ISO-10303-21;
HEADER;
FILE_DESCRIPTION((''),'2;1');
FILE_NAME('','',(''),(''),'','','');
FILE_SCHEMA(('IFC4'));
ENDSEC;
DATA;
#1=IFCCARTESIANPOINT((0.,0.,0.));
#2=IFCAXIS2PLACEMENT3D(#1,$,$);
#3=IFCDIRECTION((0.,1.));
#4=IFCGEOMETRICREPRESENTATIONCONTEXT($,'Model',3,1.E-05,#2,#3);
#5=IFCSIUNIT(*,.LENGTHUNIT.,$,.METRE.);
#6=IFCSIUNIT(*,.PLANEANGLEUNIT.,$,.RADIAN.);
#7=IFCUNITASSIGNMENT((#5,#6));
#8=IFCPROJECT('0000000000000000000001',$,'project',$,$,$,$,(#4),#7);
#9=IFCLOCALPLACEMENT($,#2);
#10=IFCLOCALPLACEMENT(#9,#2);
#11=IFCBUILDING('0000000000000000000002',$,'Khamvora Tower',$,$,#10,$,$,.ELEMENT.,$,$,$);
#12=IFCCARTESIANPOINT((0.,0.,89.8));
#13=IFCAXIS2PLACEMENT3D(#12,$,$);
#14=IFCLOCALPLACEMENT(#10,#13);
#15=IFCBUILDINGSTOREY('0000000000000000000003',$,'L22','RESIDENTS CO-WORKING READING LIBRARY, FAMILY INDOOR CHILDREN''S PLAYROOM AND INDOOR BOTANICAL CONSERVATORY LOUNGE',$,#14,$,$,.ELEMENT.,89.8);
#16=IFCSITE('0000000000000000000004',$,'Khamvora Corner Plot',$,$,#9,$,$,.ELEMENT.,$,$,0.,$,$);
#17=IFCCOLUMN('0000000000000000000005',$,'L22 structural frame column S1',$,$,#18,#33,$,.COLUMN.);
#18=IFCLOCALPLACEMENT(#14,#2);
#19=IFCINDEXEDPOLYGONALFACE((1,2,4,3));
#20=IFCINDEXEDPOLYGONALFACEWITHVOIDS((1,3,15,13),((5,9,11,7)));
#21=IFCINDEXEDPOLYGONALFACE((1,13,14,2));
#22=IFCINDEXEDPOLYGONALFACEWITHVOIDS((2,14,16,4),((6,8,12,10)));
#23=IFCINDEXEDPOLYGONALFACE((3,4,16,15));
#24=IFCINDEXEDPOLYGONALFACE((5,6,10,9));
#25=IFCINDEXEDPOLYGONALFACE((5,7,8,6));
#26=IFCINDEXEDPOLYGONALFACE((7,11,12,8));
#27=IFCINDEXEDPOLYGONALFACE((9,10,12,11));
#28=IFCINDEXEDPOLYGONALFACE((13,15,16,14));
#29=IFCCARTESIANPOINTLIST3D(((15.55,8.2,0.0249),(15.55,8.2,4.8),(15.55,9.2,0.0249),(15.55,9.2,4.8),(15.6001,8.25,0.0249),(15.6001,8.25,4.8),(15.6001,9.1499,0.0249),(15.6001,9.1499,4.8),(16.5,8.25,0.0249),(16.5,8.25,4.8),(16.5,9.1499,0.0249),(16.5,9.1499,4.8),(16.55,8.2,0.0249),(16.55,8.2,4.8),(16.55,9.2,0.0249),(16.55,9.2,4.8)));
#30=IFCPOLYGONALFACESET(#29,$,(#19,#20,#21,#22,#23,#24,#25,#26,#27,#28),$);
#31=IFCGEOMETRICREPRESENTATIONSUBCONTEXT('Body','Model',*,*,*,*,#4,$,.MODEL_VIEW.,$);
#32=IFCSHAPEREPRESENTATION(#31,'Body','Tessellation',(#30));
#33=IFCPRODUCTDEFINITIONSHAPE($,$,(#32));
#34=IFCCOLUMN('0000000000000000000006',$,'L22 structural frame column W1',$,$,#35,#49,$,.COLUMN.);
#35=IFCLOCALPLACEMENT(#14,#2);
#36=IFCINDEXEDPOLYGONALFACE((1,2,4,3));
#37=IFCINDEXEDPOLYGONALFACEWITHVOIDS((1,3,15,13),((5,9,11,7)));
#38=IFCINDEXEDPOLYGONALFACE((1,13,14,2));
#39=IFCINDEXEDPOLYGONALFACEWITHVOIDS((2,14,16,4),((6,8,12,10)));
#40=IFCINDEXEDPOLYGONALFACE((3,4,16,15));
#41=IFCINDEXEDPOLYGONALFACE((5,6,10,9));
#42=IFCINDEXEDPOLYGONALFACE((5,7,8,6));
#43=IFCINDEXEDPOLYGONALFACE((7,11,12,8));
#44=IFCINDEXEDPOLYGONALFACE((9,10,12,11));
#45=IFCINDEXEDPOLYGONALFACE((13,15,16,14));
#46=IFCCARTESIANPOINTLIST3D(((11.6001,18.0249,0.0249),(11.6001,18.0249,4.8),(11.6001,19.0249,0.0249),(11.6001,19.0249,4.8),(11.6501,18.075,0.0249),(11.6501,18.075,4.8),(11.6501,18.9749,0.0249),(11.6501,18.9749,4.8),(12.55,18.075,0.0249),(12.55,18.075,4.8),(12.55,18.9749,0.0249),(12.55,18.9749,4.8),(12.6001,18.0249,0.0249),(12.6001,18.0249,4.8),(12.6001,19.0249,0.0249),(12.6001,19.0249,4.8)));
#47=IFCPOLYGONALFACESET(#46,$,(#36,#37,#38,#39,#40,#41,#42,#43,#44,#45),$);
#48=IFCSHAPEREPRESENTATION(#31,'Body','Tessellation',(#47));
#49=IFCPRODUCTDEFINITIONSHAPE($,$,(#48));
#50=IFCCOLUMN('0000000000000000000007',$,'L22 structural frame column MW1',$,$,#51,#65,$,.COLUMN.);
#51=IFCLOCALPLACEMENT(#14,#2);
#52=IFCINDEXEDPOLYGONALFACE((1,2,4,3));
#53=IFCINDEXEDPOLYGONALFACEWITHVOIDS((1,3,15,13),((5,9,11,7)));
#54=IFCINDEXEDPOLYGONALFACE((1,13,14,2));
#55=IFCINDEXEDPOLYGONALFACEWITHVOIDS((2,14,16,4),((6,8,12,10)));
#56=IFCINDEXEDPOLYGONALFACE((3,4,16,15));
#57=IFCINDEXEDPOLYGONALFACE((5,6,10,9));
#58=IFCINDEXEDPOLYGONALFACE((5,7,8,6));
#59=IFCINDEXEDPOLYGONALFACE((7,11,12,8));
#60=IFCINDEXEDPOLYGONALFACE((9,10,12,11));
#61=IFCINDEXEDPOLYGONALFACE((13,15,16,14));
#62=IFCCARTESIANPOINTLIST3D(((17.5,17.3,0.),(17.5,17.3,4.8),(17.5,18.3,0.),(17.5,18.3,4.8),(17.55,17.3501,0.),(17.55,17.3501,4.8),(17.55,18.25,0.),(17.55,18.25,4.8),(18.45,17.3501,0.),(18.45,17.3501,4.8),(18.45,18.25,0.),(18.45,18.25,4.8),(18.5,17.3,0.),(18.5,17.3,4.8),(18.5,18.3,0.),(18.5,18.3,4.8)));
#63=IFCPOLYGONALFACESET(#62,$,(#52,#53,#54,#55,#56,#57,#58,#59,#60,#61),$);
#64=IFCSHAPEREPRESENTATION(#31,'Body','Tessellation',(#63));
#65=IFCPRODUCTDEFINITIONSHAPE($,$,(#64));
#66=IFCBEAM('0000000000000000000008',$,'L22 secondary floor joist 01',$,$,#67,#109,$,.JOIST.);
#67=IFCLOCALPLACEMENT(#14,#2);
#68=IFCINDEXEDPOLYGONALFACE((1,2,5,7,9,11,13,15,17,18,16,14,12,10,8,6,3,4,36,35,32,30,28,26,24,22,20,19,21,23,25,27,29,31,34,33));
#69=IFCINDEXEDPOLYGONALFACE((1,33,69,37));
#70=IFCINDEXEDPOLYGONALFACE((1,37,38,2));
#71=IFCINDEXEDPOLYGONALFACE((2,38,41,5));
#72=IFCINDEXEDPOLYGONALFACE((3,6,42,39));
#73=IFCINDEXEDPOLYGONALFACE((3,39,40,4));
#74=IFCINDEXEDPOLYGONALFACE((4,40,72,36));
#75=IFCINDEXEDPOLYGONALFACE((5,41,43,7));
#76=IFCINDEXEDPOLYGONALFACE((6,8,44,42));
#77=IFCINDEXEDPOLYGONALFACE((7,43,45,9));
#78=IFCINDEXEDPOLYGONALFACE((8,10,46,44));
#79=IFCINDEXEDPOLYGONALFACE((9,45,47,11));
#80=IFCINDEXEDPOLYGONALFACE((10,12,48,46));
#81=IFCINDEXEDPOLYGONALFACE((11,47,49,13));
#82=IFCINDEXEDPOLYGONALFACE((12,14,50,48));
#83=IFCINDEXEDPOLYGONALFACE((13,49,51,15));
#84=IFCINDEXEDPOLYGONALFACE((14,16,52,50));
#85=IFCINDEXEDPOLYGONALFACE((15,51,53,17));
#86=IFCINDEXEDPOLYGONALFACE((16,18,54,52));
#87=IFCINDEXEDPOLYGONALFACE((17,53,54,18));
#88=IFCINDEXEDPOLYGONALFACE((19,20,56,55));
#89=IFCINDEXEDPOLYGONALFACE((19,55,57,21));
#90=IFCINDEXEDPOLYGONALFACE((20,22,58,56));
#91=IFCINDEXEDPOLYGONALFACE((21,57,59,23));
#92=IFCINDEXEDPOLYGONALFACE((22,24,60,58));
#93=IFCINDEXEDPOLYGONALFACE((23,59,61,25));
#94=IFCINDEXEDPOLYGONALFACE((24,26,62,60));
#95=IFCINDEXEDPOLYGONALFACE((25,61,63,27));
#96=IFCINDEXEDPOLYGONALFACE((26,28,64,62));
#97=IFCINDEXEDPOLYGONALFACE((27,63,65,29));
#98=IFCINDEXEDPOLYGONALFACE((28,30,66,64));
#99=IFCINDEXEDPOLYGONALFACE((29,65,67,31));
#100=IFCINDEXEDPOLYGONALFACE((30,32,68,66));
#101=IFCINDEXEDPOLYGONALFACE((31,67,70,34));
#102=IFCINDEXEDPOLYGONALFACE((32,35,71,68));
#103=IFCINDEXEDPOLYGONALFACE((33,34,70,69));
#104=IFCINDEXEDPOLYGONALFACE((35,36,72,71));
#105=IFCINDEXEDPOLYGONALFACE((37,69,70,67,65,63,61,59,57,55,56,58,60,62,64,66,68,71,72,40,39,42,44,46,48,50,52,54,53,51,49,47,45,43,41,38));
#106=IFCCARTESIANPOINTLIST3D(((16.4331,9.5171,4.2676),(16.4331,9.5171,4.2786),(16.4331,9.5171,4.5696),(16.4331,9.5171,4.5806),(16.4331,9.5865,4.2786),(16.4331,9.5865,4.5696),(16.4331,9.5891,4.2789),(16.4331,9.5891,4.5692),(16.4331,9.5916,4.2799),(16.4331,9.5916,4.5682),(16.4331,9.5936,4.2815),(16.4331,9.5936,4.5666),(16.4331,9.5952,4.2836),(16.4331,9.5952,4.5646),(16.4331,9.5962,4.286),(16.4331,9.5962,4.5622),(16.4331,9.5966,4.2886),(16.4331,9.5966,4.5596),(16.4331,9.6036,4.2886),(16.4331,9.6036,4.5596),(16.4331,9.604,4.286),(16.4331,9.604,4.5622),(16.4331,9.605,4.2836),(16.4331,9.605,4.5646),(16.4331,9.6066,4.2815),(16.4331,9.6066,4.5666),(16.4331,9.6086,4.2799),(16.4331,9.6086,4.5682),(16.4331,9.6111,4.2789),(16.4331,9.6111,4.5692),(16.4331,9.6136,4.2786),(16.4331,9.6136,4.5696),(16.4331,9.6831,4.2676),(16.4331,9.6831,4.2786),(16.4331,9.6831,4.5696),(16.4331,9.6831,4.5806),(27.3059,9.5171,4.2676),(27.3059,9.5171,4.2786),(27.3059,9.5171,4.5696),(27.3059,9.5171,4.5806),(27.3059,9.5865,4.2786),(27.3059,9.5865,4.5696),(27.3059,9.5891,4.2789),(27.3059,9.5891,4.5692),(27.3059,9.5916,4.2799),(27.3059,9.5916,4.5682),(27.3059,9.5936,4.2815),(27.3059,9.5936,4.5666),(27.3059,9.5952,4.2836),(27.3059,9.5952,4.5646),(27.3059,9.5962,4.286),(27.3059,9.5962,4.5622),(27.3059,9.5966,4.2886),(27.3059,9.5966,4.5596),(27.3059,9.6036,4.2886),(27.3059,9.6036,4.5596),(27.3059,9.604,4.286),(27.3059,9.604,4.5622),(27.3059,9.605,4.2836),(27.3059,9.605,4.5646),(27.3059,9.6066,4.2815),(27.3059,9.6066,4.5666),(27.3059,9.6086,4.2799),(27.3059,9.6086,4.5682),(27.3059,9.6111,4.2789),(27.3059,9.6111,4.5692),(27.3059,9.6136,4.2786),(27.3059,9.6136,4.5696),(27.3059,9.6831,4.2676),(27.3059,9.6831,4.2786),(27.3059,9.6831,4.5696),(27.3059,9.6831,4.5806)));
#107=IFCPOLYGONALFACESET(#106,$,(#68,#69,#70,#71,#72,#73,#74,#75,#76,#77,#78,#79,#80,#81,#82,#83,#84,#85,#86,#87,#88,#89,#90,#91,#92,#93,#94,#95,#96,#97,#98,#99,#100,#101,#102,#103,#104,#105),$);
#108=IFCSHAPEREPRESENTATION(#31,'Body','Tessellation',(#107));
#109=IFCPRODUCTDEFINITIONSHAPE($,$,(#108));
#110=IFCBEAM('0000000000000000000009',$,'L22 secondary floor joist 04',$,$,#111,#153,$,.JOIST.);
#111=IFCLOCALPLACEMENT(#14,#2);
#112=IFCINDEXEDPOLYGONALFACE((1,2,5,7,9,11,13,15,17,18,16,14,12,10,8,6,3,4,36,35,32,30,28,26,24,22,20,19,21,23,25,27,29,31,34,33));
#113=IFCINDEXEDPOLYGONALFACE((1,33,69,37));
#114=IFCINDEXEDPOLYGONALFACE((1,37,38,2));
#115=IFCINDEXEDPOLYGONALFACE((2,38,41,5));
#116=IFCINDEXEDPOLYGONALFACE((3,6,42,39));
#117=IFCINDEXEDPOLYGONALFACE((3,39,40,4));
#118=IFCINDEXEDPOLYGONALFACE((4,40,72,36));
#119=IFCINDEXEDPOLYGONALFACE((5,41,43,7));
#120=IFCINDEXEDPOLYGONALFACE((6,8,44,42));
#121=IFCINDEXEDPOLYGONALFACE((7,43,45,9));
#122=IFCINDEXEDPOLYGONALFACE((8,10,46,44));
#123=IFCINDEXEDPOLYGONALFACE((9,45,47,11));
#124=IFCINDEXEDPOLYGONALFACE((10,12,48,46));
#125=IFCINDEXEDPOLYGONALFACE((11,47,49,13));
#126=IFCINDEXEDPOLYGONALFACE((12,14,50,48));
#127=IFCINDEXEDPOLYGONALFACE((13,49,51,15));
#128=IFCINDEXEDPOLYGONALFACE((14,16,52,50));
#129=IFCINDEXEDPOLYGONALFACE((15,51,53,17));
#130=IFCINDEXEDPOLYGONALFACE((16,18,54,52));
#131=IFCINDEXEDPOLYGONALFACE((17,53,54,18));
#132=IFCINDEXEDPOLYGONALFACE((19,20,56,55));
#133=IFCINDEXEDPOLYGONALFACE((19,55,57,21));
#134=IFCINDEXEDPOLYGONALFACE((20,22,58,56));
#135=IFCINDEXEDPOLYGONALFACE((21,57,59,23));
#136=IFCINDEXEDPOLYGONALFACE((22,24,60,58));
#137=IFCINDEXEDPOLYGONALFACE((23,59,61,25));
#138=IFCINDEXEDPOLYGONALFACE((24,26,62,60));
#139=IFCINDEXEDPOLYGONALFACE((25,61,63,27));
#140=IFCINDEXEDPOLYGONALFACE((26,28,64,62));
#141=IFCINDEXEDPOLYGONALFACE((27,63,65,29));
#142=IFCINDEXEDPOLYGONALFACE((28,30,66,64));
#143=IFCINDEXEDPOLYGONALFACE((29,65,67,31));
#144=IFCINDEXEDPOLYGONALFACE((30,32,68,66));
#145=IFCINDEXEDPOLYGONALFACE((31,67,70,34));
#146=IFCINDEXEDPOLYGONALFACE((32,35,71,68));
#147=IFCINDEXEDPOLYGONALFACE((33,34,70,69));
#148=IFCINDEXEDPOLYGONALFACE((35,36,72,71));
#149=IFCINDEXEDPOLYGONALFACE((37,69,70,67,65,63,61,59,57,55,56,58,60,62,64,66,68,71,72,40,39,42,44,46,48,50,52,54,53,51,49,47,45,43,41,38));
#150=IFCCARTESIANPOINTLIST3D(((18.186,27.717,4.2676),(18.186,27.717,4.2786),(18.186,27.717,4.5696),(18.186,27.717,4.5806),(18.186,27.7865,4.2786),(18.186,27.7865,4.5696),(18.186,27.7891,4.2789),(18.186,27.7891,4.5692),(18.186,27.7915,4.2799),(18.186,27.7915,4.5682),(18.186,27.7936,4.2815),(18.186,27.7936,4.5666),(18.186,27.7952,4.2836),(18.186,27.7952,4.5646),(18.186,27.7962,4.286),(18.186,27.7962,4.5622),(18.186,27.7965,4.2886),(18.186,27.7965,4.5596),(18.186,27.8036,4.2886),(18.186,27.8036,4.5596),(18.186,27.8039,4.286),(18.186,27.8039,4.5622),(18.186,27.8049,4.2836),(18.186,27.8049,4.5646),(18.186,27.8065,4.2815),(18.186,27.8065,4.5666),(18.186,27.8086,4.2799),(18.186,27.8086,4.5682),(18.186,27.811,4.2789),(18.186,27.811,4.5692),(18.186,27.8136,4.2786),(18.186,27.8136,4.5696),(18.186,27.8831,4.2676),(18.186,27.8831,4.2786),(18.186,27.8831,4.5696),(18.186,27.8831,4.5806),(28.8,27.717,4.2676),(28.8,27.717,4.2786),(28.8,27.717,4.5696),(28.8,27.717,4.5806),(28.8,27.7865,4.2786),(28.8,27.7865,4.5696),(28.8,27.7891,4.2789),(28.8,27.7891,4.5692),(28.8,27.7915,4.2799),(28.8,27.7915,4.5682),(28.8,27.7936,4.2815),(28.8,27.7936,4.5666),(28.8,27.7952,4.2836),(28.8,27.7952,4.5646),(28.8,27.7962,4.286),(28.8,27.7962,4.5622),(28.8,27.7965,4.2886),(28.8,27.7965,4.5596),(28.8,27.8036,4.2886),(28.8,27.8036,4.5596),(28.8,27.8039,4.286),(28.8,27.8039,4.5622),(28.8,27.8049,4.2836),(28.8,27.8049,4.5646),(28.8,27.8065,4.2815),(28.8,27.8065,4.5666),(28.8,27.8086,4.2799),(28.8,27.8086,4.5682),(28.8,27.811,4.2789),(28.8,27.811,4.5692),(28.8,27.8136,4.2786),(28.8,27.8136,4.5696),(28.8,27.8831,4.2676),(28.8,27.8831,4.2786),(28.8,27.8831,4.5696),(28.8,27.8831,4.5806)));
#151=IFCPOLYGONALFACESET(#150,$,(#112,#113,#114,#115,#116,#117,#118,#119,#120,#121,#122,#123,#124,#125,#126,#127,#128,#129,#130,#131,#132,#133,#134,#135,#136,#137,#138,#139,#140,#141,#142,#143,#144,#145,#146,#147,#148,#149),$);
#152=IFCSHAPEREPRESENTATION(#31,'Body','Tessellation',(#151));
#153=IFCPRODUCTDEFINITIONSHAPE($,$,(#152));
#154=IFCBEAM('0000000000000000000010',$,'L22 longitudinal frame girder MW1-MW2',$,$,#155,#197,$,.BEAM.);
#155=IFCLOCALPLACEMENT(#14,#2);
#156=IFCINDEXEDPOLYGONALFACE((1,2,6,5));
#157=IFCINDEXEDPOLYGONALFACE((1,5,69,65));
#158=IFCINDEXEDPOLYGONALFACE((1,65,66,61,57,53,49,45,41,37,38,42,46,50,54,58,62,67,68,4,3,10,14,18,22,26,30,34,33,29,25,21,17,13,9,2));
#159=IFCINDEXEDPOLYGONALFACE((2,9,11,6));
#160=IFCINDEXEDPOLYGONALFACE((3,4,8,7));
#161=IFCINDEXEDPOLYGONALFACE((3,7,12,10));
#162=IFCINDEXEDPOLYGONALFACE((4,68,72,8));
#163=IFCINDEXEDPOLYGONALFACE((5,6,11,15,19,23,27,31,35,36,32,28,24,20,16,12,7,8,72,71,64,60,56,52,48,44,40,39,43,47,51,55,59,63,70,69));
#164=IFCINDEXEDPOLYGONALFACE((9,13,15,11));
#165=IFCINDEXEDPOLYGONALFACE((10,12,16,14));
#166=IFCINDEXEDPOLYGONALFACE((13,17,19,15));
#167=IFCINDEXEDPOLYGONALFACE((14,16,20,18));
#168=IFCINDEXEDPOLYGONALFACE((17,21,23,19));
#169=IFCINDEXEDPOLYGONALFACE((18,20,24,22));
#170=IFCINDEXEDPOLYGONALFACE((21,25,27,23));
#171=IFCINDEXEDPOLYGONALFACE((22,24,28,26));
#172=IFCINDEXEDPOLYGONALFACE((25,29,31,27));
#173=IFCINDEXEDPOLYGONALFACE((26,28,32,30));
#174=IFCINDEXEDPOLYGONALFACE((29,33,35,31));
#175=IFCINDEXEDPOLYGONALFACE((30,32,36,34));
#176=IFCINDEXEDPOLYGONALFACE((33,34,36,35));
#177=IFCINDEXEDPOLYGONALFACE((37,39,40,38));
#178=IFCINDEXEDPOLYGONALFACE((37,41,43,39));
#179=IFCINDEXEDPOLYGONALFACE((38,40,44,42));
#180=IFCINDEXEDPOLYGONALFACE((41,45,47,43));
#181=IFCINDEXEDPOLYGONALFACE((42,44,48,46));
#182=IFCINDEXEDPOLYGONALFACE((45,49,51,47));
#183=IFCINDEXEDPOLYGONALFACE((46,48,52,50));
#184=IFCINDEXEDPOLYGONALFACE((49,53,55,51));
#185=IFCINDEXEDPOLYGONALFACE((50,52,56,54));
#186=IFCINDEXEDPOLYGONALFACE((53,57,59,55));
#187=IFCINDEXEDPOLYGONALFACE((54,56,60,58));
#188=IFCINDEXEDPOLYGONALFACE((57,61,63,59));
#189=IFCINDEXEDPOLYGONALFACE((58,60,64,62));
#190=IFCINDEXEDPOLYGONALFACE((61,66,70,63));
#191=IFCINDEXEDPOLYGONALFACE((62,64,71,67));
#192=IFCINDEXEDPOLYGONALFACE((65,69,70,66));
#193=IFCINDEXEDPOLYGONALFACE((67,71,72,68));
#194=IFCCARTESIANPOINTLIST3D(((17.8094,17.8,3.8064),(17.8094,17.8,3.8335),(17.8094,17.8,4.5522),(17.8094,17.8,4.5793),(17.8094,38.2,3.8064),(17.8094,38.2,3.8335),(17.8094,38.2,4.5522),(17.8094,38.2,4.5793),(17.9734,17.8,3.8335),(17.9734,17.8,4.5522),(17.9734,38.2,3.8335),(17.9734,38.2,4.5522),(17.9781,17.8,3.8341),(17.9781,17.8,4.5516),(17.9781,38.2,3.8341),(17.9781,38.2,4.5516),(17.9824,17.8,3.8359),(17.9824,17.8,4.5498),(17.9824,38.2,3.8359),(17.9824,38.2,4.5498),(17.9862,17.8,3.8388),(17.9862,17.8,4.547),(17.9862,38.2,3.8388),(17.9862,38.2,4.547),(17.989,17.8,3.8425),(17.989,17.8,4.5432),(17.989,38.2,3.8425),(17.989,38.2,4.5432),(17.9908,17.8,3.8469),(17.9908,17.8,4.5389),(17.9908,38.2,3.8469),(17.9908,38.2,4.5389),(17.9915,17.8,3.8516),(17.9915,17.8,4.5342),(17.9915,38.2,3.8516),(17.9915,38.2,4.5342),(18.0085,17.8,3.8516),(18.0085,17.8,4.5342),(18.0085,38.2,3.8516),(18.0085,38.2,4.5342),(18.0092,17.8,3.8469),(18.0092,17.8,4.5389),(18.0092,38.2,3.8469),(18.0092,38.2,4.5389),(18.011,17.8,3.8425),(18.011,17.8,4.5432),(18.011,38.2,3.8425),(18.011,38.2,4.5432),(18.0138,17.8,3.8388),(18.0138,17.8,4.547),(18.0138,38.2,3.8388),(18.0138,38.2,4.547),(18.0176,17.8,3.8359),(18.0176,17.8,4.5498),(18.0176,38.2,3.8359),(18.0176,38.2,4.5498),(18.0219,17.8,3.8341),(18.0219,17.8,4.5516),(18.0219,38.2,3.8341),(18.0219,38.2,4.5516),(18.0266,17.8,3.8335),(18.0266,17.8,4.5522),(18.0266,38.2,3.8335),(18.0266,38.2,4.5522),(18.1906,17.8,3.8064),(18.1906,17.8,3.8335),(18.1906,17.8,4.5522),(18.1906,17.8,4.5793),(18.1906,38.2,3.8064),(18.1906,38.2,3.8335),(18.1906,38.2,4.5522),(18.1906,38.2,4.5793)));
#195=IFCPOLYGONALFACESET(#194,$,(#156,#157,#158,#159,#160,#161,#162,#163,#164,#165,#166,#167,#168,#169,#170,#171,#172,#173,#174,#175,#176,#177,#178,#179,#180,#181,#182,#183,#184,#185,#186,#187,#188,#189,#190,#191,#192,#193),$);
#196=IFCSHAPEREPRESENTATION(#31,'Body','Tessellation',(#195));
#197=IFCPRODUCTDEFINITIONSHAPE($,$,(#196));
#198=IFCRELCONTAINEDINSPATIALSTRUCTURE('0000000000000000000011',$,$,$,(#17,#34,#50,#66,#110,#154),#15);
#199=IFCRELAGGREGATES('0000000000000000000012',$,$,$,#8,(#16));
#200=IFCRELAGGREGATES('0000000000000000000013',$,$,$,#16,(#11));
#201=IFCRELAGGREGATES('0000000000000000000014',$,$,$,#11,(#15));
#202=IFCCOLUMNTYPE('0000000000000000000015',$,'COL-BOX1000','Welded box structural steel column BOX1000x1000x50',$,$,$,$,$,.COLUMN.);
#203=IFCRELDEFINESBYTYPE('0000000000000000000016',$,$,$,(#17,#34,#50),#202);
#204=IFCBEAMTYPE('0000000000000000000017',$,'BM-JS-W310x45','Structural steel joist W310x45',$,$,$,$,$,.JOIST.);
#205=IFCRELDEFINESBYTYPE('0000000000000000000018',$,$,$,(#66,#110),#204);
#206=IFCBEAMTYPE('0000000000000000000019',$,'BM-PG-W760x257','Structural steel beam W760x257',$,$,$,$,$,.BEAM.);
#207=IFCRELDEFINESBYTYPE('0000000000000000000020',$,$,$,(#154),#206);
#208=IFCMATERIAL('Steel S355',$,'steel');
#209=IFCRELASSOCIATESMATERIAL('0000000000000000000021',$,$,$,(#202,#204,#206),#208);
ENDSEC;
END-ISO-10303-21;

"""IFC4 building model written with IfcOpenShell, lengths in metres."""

from ifc_helpers import new_model, si_unit, direction, frame, origin, origin_2d, place, context, subcontext, project, spatial, hollow_rectangle, i_section, extrude, material, material_profile, profile_set, type_object, element, save


model = new_model("IFC4")

# Units and contexts
model_context = context("Model", 3, precision=1e-05, world=origin(), true_north=direction((0.0, 1.0)))
body_context = subcontext(model_context, "Body", "Model", "MODEL_VIEW")
ifc_project = project(units=[si_unit("LENGTHUNIT", "METRE"), si_unit("PLANEANGLEUNIT", "RADIAN")], contexts=[model_context])

# Site, building, storey
site_placement = place(None, origin())
site = spatial("IfcSite", under=ifc_project, at=site_placement, Name="Khamvora Corner Plot", CompositionType="ELEMENT", RefElevation=0.0)
building_placement = place(site_placement, origin())
building = spatial("IfcBuilding", under=site, at=building_placement, Name="Khamvora Tower", CompositionType="ELEMENT")
storey_placement = place(building_placement, frame((0.0, 0.0, 89.8)))
storey = spatial("IfcBuildingStorey", under=building, at=storey_placement, Name="L22", Description="RESIDENTS CO-WORKING READING LIBRARY, FAMILY INDOOR CHILDREN'S PLAYROOM AND INDOOR BOTANICAL CONSERVATORY LOUNGE", CompositionType="ELEMENT", Elevation=89.8)

# Columns
ifc_material_1 = material(Name="Steel S355", Category="steel")
ifc_material_profile_1 = material_profile(ifc_material_1, hollow_rectangle(XDim=1.0, YDim=1.0, WallThickness=0.05, at=origin_2d()), Name="BOX1000x1000x50")
ifc_profile_set_1 = profile_set([ifc_material_profile_1], Name="Steel S355")
column_type = type_object("IfcColumnType", Name="COL-BOX1000", Description="Welded box structural steel column BOX1000x1000x50", PredefinedType="COLUMN", material=ifc_profile_set_1)
for number, where, z_axis, x_axis, name in (
    (1, (16.05, 8.7, 0.0249), (0.0, 0.0, 1.0), (1.0, 0.0, 0.0), "L22 structural frame column S1"),
    (2, (12.1001, 18.5249, 0.0249), (0.0, 0.0, 1.0), (1.0, 0.0, 0.0), "L22 structural frame column W1"),
):
    element("IfcColumn", number, at=place(storey_placement, frame(where, z_axis=z_axis, x_axis=x_axis)), inside=storey, type_object=column_type, Name=name, PredefinedType="COLUMN", context=body_context, shape_type="SweptSolid", body=[
        extrude(hollow_rectangle(XDim=1.0, YDim=1.0, WallThickness=0.05, at=origin_2d()), origin(), (0.0, 0.0, 1.0), 4.7751),
    ])
column_placement = place(storey_placement, frame((18.0, 17.8, 0.0), z_axis=(0.0, 0.0, 1.0), x_axis=(1.0, 0.0, 0.0)))
element("IfcColumn", 3, at=column_placement, inside=storey, type_object=column_type, Name="L22 structural frame column MW1", PredefinedType="COLUMN", context=body_context, shape_type="SweptSolid", body=[
    extrude(hollow_rectangle(XDim=1.0, YDim=1.0, WallThickness=0.05, at=origin_2d()), origin(), (0.0, 0.0, 1.0), 4.8),
])

# Beams
ifc_material_profile_2 = material_profile(ifc_material_1, i_section(OverallWidth=0.166, OverallDepth=0.313, WebThickness=0.0071, FlangeThickness=0.011, FilletRadius=0.01, at=origin_2d()), Name="W310x45")
ifc_profile_set_2 = profile_set([ifc_material_profile_2], Name="Steel S355")
beam_type_1 = type_object("IfcBeamType", Name="BM-JS-W310x45", Description="Structural steel joist W310x45", PredefinedType="JOIST", material=ifc_profile_set_2)
beam_1_placement = place(storey_placement, frame((16.4331, 9.6001, 4.4241), z_axis=(1.0, 0.0, 0.0), x_axis=(0.0, 1.0, 0.0)))
element("IfcBeam", 4, at=beam_1_placement, inside=storey, type_object=beam_type_1, Name="L22 secondary floor joist 01", PredefinedType="JOIST", context=body_context, shape_type="SweptSolid", body=[
    extrude(i_section(OverallWidth=0.166, OverallDepth=0.313, WebThickness=0.0071, FlangeThickness=0.011, FilletRadius=0.01, at=origin_2d()), origin(), (0.0, 0.0, 1.0), 10.8728),
])
beam_2_placement = place(storey_placement, frame((18.186, 27.8, 4.4241), z_axis=(1.0, 0.0, 0.0), x_axis=(0.0, 1.0, 0.0)))
element("IfcBeam", 5, at=beam_2_placement, inside=storey, type_object=beam_type_1, Name="L22 secondary floor joist 04", PredefinedType="JOIST", context=body_context, shape_type="SweptSolid", body=[
    extrude(i_section(OverallWidth=0.166, OverallDepth=0.313, WebThickness=0.0071, FlangeThickness=0.011, FilletRadius=0.01, at=origin_2d()), origin(), (0.0, 0.0, 1.0), 10.614),
])
ifc_material_profile_3 = material_profile(ifc_material_1, i_section(OverallWidth=0.3811, OverallDepth=0.7729, WebThickness=0.0171, FlangeThickness=0.0271, FilletRadius=0.0181, at=origin_2d()), Name="W760x257")
ifc_profile_set_3 = profile_set([ifc_material_profile_3], Name="Steel S355")
beam_type_2 = type_object("IfcBeamType", Name="BM-PG-W760x257", Description="Structural steel beam W760x257", PredefinedType="BEAM", material=ifc_profile_set_3)
beam_3_placement = place(storey_placement, frame((18.0, 17.8, 4.1929), z_axis=(0.0, 1.0, 0.0), x_axis=(-1.0, 0.0, 0.0)))
element("IfcBeam", 6, at=beam_3_placement, inside=storey, type_object=beam_type_2, Name="L22 longitudinal frame girder MW1-MW2", PredefinedType="BEAM", context=body_context, shape_type="SweptSolid", body=[
    extrude(i_section(OverallWidth=0.3811, OverallDepth=0.7729, WebThickness=0.0171, FlangeThickness=0.0271, FilletRadius=0.0181, at=origin_2d()), origin(), (0.0, 0.0, 1.0), 20.3999),
])

save(model, "model.ifc")
